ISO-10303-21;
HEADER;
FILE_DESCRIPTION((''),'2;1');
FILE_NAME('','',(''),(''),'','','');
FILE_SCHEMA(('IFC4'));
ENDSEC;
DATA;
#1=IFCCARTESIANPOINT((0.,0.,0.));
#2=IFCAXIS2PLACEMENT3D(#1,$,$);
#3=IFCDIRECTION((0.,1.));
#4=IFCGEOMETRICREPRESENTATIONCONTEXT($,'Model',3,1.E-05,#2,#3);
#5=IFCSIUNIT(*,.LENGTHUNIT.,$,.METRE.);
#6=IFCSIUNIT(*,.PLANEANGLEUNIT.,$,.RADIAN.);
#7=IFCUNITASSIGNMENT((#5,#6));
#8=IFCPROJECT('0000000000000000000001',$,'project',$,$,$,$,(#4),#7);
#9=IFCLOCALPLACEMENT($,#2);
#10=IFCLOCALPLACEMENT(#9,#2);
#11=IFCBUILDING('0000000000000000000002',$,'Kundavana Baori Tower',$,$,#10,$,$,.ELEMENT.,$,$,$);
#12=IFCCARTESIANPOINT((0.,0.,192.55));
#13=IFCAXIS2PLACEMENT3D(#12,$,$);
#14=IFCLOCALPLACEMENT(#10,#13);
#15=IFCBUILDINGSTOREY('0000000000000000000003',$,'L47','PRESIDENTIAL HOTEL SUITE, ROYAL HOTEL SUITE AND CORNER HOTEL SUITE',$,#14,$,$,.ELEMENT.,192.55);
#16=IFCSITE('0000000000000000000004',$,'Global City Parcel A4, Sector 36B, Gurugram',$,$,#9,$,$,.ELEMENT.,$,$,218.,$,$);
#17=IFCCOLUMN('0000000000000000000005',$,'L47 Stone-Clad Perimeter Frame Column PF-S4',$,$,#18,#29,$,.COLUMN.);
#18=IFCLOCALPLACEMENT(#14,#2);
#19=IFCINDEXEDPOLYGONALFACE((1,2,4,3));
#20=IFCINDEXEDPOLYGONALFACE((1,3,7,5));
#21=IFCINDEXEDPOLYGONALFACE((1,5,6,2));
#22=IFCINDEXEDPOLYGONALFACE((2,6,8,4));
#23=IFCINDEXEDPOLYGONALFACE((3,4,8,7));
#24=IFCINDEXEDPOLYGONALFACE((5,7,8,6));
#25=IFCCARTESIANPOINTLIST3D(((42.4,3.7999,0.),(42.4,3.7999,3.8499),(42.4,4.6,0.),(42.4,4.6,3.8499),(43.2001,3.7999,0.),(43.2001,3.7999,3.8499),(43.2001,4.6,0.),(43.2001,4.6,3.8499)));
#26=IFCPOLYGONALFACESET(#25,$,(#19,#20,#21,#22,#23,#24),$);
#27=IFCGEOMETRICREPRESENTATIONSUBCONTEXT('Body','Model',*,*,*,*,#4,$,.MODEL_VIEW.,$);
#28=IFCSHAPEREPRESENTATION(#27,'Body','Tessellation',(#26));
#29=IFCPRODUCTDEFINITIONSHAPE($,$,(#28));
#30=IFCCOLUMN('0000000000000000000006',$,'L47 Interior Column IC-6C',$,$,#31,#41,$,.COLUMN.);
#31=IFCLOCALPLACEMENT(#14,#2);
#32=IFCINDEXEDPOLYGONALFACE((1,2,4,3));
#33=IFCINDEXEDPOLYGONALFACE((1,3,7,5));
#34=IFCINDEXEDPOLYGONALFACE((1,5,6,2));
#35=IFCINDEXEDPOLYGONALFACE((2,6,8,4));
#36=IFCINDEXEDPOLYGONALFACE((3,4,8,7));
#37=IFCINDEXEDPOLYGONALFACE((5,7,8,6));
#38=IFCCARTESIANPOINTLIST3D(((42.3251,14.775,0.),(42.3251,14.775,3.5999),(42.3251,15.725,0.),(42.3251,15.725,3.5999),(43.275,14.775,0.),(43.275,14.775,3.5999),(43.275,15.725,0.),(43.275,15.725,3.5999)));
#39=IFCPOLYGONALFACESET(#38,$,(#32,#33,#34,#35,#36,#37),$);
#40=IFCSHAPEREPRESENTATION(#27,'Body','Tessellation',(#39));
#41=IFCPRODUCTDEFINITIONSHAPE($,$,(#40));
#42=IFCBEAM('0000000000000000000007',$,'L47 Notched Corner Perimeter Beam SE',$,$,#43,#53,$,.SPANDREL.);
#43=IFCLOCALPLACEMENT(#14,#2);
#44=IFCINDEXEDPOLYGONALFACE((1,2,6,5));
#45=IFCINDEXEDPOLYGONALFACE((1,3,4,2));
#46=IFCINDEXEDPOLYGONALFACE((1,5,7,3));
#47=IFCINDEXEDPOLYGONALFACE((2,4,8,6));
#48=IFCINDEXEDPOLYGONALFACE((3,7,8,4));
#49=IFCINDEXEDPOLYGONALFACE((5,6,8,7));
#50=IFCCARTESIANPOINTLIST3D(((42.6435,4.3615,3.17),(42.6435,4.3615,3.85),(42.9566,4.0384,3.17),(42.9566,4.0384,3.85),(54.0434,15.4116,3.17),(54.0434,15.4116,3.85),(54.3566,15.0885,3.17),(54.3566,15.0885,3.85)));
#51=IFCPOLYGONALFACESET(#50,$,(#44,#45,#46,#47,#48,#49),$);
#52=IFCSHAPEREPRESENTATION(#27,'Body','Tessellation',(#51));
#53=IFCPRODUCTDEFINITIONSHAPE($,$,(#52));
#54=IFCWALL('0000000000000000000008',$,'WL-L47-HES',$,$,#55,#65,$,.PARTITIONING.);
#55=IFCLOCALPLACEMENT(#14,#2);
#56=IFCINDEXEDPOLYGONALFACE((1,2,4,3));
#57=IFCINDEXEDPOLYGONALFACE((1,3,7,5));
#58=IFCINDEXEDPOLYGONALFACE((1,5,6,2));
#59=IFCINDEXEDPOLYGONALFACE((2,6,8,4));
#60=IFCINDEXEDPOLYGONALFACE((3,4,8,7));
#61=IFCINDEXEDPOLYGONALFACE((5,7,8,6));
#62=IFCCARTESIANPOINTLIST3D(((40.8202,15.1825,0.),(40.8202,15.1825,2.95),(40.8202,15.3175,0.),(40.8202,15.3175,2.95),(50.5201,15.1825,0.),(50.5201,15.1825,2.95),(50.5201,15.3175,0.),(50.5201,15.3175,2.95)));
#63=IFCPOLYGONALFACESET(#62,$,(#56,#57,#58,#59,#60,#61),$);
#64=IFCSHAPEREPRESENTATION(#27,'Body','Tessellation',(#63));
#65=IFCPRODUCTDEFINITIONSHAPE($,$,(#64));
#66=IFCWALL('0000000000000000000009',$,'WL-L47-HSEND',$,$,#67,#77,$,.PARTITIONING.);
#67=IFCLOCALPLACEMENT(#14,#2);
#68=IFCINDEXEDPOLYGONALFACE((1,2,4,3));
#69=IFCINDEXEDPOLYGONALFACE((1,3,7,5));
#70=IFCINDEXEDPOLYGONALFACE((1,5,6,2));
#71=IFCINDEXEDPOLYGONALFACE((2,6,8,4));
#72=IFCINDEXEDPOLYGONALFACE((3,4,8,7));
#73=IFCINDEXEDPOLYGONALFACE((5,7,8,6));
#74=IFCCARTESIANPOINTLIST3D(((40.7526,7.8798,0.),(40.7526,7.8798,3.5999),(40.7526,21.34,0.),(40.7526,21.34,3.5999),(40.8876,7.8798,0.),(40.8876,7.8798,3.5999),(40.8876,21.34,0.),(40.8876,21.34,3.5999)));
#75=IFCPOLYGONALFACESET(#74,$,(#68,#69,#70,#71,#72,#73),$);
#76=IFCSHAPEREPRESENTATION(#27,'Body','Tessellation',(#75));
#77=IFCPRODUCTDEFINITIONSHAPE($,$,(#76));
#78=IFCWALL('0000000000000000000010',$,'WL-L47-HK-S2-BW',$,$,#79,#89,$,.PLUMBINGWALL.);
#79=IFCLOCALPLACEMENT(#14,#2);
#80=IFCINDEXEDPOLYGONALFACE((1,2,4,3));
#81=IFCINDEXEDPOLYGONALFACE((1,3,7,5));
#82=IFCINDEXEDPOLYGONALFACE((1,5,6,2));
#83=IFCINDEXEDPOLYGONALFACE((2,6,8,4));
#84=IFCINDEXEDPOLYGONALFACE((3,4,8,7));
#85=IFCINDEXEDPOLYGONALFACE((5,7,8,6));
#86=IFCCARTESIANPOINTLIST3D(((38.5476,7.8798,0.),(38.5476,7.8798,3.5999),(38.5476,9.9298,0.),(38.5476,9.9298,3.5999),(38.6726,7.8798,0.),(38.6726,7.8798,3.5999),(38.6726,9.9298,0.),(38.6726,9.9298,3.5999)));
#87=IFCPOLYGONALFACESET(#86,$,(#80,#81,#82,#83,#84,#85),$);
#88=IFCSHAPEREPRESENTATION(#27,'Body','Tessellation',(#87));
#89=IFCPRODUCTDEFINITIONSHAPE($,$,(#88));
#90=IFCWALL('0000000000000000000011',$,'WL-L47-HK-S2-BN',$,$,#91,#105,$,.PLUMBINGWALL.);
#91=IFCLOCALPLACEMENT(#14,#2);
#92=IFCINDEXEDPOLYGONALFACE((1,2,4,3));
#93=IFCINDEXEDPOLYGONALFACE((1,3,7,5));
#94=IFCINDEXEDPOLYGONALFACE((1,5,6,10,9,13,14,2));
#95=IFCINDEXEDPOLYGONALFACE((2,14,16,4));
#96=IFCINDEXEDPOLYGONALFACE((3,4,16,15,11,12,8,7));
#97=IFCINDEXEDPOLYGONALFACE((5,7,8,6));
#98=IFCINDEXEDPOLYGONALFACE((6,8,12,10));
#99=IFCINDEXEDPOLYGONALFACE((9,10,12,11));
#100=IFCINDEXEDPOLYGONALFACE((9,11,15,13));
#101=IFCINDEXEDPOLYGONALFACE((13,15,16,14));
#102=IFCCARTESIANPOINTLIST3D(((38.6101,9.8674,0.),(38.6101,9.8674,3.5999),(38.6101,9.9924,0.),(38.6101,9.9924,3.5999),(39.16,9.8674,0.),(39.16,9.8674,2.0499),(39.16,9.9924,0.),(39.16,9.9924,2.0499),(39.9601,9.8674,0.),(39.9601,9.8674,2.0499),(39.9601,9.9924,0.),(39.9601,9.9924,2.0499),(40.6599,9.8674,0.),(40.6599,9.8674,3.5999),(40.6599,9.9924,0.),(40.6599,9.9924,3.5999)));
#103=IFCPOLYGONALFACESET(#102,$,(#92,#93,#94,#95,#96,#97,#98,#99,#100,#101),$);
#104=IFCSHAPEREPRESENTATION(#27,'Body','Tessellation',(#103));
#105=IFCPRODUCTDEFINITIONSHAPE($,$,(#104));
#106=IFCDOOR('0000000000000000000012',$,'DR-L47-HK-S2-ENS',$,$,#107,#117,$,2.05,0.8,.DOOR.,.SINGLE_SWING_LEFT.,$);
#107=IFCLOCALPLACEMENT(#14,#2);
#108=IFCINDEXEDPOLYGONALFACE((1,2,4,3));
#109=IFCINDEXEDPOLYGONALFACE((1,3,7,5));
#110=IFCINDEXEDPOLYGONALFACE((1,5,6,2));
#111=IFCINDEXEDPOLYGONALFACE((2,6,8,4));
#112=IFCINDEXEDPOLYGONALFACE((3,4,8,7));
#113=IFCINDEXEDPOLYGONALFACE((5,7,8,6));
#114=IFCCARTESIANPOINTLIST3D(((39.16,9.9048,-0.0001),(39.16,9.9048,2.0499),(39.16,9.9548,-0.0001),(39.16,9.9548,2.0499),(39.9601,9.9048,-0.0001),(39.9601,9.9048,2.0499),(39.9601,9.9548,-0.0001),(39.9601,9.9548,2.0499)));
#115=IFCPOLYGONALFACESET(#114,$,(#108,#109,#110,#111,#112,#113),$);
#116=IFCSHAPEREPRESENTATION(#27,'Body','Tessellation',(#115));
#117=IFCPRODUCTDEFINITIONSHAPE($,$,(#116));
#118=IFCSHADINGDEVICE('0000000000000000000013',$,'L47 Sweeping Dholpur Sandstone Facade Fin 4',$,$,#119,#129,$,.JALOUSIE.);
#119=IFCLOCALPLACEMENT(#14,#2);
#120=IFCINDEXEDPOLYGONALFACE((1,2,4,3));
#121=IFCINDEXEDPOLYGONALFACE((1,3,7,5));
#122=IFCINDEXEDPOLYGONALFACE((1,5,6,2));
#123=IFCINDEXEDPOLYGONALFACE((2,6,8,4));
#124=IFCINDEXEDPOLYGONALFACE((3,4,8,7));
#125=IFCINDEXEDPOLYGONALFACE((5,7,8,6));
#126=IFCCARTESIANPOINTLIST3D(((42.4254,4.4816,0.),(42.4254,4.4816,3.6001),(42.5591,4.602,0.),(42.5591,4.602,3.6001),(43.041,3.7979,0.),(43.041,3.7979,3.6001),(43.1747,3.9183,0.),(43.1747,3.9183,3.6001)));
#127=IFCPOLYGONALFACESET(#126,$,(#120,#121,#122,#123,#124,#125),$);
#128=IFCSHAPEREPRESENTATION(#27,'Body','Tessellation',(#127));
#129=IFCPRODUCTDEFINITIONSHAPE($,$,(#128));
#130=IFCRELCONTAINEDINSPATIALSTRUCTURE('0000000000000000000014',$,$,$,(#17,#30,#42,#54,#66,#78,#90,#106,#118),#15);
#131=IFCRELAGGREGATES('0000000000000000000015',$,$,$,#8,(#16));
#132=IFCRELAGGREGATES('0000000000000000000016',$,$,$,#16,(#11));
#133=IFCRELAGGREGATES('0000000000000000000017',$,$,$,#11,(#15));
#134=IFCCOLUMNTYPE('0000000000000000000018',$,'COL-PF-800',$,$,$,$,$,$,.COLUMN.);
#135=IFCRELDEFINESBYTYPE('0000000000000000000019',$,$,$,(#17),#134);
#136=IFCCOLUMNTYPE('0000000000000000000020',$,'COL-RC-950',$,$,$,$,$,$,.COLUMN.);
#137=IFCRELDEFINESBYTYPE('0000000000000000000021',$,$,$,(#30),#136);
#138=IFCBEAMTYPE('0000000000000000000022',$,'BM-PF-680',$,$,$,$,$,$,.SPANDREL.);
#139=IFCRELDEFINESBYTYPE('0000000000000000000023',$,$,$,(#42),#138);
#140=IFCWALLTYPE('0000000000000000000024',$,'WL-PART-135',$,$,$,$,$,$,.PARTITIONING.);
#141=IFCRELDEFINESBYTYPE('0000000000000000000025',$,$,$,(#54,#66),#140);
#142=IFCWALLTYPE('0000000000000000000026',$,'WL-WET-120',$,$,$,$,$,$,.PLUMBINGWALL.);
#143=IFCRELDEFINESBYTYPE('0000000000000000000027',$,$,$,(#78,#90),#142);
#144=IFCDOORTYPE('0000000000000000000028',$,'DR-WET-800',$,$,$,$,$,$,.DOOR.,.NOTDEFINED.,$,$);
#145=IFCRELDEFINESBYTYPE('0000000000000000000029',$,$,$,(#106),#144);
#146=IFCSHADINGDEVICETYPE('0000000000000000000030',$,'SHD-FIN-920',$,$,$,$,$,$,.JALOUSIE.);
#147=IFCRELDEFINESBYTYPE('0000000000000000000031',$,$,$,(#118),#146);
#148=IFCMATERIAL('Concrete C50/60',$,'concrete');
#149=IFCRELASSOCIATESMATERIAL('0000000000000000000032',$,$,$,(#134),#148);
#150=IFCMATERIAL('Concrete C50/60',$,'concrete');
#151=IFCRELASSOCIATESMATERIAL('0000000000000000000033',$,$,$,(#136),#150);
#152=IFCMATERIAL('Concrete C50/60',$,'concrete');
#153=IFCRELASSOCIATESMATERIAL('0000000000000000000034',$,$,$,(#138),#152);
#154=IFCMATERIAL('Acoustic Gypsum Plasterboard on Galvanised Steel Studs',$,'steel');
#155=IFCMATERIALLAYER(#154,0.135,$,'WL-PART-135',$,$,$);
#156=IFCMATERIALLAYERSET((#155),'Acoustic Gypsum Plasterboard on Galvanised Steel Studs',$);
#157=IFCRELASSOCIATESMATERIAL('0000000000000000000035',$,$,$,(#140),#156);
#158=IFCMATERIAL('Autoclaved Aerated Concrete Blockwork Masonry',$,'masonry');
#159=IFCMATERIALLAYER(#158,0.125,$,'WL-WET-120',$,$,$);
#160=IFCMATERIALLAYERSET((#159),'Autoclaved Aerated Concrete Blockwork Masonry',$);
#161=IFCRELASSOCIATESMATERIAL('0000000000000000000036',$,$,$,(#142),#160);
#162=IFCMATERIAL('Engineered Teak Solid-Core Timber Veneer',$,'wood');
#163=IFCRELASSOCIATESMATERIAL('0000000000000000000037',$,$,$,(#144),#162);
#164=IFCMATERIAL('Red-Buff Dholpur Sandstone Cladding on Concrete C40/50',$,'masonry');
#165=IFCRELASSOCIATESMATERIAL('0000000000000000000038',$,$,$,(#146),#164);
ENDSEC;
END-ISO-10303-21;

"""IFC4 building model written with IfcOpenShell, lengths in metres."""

from ifc_helpers import new_model, si_unit, direction, frame, frame_2d, origin, origin_2d, place, context, subcontext, project, spatial, rectangle, extrude, material, layer, layer_set, material_profile, profile_set, type_object, element, fill, save


model = new_model("IFC4")

# Units and contexts
model_context = context("Model", 3, precision=1e-05, world=origin(), true_north=direction((0.0, 1.0)))
body_context = subcontext(model_context, "Body", "Model", "MODEL_VIEW")
ifc_project = project(units=[si_unit("LENGTHUNIT", "METRE"), si_unit("PLANEANGLEUNIT", "RADIAN")], contexts=[model_context])

# Site, building, storey
site_placement = place(None, origin())
site = spatial("IfcSite", under=ifc_project, at=site_placement, Name="Global City Parcel A4, Sector 36B, Gurugram", CompositionType="ELEMENT", RefElevation=218.0)
building_placement = place(site_placement, origin())
building = spatial("IfcBuilding", under=site, at=building_placement, Name="Kundavana Baori Tower", CompositionType="ELEMENT")
storey_placement = place(building_placement, frame((0.0, 0.0, 192.55)))
storey = spatial("IfcBuildingStorey", under=building, at=storey_placement, Name="L47", Description="PRESIDENTIAL HOTEL SUITE, ROYAL HOTEL SUITE AND CORNER HOTEL SUITE", CompositionType="ELEMENT", Elevation=192.55)

# Columns
ifc_material_1 = material(Name="Concrete C50/60", Category="concrete")
ifc_material_profile_1 = material_profile(ifc_material_1, rectangle(XDim=0.8, YDim=0.8, at=origin_2d()), Name="RC PF 800x800")
ifc_profile_set_1 = profile_set([ifc_material_profile_1], Name="Concrete C50/60")
column_type_1 = type_object("IfcColumnType", Name="COL-PF-800", PredefinedType="COLUMN", material=ifc_profile_set_1)
column_1_placement = place(storey_placement, frame((42.8, 4.2, 0.0), z_axis=(0.0, 0.0, 1.0), x_axis=(1.0, 0.0, 0.0)))
element("IfcColumn", 1, at=column_1_placement, inside=storey, type_object=column_type_1, Name="L47 Stone-Clad Perimeter Frame Column PF-S4", PredefinedType="COLUMN", context=body_context, shape_type="SweptSolid", body=[
    extrude(rectangle(XDim=0.8, YDim=0.8, at=origin_2d()), origin(), (0.0, 0.0, 1.0), 3.8499),
])
ifc_material_2 = material(Name="Concrete C50/60", Category="concrete")
ifc_material_profile_2 = material_profile(ifc_material_2, rectangle(XDim=0.95, YDim=0.95, at=origin_2d()), Name="RC 950x950")
ifc_profile_set_2 = profile_set([ifc_material_profile_2], Name="Concrete C50/60")
column_type_2 = type_object("IfcColumnType", Name="COL-RC-950", PredefinedType="COLUMN", material=ifc_profile_set_2)
column_2_placement = place(storey_placement, frame((42.8, 15.25, 0.0), z_axis=(0.0, 0.0, 1.0), x_axis=(1.0, 0.0, 0.0)))
element("IfcColumn", 2, at=column_2_placement, inside=storey, type_object=column_type_2, Name="L47 Interior Column IC-6C", PredefinedType="COLUMN", context=body_context, shape_type="SweptSolid", body=[
    extrude(rectangle(XDim=0.95, YDim=0.95, at=origin_2d()), origin(), (0.0, 0.0, 1.0), 3.5999),
])

# Beam
ifc_material_3 = material(Name="Concrete C50/60", Category="concrete")
ifc_material_profile_3 = material_profile(ifc_material_3, rectangle(XDim=0.45, YDim=0.6799, at=origin_2d()), Name="RC BM 450x680")
ifc_profile_set_3 = profile_set([ifc_material_profile_3], Name="Concrete C50/60")
beam_type = type_object("IfcBeamType", Name="BM-PF-680", PredefinedType="SPANDREL", material=ifc_profile_set_3)
beam_placement = place(storey_placement, frame((42.8, 4.2, 3.51), z_axis=(0.718039, 0.696003, 0.0), x_axis=(-0.696003, 0.718039, 0.0)))
element("IfcBeam", 3, at=beam_placement, inside=storey, type_object=beam_type, Name="L47 Notched Corner Perimeter Beam SE", PredefinedType="SPANDREL", context=body_context, shape_type="SweptSolid", body=[
    extrude(rectangle(XDim=0.45, YDim=0.6799, at=origin_2d()), origin(), (0.0, 0.0, 1.0), 15.8765),
])

# Walls
ifc_material_4 = material(Name="Acoustic Gypsum Plasterboard on Galvanised Steel Studs", Category="steel")
ifc_layer_1 = layer(ifc_material_4, 0.135, Name="WL-PART-135")
ifc_layer_set_1 = layer_set([ifc_layer_1], Name="Acoustic Gypsum Plasterboard on Galvanised Steel Studs")
wall_type_1 = type_object("IfcWallType", Name="WL-PART-135", PredefinedType="PARTITIONING", material=ifc_layer_set_1)
wall_1_placement = place(storey_placement, frame((40.8201, 15.25, 0.0), z_axis=(0.0, 0.0, 1.0), x_axis=(1.0, 0.0, 0.0)))
element("IfcWall", 4, at=wall_1_placement, inside=storey, type_object=wall_type_1, Name="WL-L47-HES", PredefinedType="PARTITIONING", context=body_context, shape_type="SweptSolid", body=[
    extrude(rectangle(XDim=9.7, YDim=0.135, at=frame_2d((4.8501, 0.0))), origin(), (0.0, 0.0, 1.0), 2.95),
])
wall_2_placement = place(storey_placement, frame((40.8201, 7.8799, 0.0), z_axis=(0.0, 0.0, 1.0), x_axis=(0.0, 1.0, 0.0)))
element("IfcWall", 5, at=wall_2_placement, inside=storey, type_object=wall_type_1, Name="WL-L47-HSEND", PredefinedType="PARTITIONING", context=body_context, shape_type="SweptSolid", body=[
    extrude(rectangle(XDim=13.4602, YDim=0.135, at=frame_2d((6.73, 0.0))), origin(), (0.0, 0.0, 1.0), 3.5999),
])
ifc_material_5 = material(Name="Autoclaved Aerated Concrete Blockwork Masonry", Category="masonry")
ifc_layer_2 = layer(ifc_material_5, 0.125, Name="WL-WET-120")
ifc_layer_set_2 = layer_set([ifc_layer_2], Name="Autoclaved Aerated Concrete Blockwork Masonry")
wall_type_2 = type_object("IfcWallType", Name="WL-WET-120", PredefinedType="PLUMBINGWALL", material=ifc_layer_set_2)
wall_3_placement = place(storey_placement, frame((38.6101, 7.8799, 0.0), z_axis=(0.0, 0.0, 1.0), x_axis=(0.0, 1.0, 0.0)))
element("IfcWall", 6, at=wall_3_placement, inside=storey, type_object=wall_type_2, Name="WL-L47-HK-S2-BW", PredefinedType="PLUMBINGWALL", context=body_context, shape_type="SweptSolid", body=[
    extrude(rectangle(XDim=2.05, YDim=0.125, at=frame_2d((1.0249, 0.0))), origin(), (0.0, 0.0, 1.0), 3.5999),
])

# Wall, opening, door
wall_4_placement = place(storey_placement, frame((38.6101, 9.9299, 0.0), z_axis=(0.0, 0.0, 1.0), x_axis=(1.0, 0.0, 0.0)))
wall_4 = element("IfcWall", 7, at=wall_4_placement, inside=storey, type_object=wall_type_2, Name="WL-L47-HK-S2-BN", PredefinedType="PLUMBINGWALL", context=body_context, shape_type="SweptSolid", body=[
    extrude(rectangle(XDim=2.0498, YDim=0.125, at=frame_2d((1.0249, 0.0))), origin(), (0.0, 0.0, 1.0), 3.5999),
])
opening_placement = place(wall_4_placement, frame((0.55, 0.0, 0.0)))
opening = element("IfcOpeningElement", 8, at=opening_placement, cuts=wall_4, PredefinedType="OPENING", context=body_context, shape_type="SweptSolid", body=[
    extrude(rectangle(XDim=0.8, YDim=2.05, at=frame_2d((0.3999, 1.0249))), frame((0.0, 0.0725, 0.0), z_axis=(0.0, -1.0, 0.0), x_axis=(1.0, 0.0, 0.0)), (0.0, 0.0, 1.0), 0.145),
])
ifc_material_6 = material(Name="Engineered Teak Solid-Core Timber Veneer", Category="wood")
door_type = type_object("IfcDoorType", Name="DR-WET-800", OperationType="NOTDEFINED", PredefinedType="DOOR", material=ifc_material_6)
door_placement = place(opening_placement, origin())
door = element("IfcDoor", 9, at=door_placement, inside=storey, type_object=door_type, Name="DR-L47-HK-S2-ENS", OperationType="SINGLE_SWING_LEFT", OverallHeight=2.05, OverallWidth=0.8, PredefinedType="DOOR", context=body_context, shape_type="SweptSolid", body=[
    extrude(rectangle(XDim=0.8, YDim=2.05, at=frame_2d((0.3999, 1.0249))), frame((0.0, 0.0249, 0.0), z_axis=(0.0, -1.0, 0.0), x_axis=(1.0, 0.0, 0.0)), (0.0, 0.0, 1.0), 0.05),
])
fill(opening, door)

# Shading device
ifc_material_7 = material(Name="Red-Buff Dholpur Sandstone Cladding on Concrete C40/50", Category="masonry")
shading_device_type = type_object("IfcShadingDeviceType", Name="SHD-FIN-920", PredefinedType="JALOUSIE", material=ifc_material_7)
shading_device_placement = place(storey_placement, frame((42.8, 4.2, 0.0), z_axis=(0.0, 0.0, 1.0), x_axis=(0.743145, 0.669131, 0.0)))
element("IfcShadingDevice", 10, at=shading_device_placement, inside=storey, type_object=shading_device_type, Name="L47 Sweeping Dholpur Sandstone Facade Fin 4", PredefinedType="JALOUSIE", context=body_context, shape_type="SweptSolid", body=[
    extrude(rectangle(XDim=0.1799, YDim=0.9199, at=origin_2d()), origin(), (0.0, 0.0, 1.0), 3.6001),
])

save(model, "model.ifc")
